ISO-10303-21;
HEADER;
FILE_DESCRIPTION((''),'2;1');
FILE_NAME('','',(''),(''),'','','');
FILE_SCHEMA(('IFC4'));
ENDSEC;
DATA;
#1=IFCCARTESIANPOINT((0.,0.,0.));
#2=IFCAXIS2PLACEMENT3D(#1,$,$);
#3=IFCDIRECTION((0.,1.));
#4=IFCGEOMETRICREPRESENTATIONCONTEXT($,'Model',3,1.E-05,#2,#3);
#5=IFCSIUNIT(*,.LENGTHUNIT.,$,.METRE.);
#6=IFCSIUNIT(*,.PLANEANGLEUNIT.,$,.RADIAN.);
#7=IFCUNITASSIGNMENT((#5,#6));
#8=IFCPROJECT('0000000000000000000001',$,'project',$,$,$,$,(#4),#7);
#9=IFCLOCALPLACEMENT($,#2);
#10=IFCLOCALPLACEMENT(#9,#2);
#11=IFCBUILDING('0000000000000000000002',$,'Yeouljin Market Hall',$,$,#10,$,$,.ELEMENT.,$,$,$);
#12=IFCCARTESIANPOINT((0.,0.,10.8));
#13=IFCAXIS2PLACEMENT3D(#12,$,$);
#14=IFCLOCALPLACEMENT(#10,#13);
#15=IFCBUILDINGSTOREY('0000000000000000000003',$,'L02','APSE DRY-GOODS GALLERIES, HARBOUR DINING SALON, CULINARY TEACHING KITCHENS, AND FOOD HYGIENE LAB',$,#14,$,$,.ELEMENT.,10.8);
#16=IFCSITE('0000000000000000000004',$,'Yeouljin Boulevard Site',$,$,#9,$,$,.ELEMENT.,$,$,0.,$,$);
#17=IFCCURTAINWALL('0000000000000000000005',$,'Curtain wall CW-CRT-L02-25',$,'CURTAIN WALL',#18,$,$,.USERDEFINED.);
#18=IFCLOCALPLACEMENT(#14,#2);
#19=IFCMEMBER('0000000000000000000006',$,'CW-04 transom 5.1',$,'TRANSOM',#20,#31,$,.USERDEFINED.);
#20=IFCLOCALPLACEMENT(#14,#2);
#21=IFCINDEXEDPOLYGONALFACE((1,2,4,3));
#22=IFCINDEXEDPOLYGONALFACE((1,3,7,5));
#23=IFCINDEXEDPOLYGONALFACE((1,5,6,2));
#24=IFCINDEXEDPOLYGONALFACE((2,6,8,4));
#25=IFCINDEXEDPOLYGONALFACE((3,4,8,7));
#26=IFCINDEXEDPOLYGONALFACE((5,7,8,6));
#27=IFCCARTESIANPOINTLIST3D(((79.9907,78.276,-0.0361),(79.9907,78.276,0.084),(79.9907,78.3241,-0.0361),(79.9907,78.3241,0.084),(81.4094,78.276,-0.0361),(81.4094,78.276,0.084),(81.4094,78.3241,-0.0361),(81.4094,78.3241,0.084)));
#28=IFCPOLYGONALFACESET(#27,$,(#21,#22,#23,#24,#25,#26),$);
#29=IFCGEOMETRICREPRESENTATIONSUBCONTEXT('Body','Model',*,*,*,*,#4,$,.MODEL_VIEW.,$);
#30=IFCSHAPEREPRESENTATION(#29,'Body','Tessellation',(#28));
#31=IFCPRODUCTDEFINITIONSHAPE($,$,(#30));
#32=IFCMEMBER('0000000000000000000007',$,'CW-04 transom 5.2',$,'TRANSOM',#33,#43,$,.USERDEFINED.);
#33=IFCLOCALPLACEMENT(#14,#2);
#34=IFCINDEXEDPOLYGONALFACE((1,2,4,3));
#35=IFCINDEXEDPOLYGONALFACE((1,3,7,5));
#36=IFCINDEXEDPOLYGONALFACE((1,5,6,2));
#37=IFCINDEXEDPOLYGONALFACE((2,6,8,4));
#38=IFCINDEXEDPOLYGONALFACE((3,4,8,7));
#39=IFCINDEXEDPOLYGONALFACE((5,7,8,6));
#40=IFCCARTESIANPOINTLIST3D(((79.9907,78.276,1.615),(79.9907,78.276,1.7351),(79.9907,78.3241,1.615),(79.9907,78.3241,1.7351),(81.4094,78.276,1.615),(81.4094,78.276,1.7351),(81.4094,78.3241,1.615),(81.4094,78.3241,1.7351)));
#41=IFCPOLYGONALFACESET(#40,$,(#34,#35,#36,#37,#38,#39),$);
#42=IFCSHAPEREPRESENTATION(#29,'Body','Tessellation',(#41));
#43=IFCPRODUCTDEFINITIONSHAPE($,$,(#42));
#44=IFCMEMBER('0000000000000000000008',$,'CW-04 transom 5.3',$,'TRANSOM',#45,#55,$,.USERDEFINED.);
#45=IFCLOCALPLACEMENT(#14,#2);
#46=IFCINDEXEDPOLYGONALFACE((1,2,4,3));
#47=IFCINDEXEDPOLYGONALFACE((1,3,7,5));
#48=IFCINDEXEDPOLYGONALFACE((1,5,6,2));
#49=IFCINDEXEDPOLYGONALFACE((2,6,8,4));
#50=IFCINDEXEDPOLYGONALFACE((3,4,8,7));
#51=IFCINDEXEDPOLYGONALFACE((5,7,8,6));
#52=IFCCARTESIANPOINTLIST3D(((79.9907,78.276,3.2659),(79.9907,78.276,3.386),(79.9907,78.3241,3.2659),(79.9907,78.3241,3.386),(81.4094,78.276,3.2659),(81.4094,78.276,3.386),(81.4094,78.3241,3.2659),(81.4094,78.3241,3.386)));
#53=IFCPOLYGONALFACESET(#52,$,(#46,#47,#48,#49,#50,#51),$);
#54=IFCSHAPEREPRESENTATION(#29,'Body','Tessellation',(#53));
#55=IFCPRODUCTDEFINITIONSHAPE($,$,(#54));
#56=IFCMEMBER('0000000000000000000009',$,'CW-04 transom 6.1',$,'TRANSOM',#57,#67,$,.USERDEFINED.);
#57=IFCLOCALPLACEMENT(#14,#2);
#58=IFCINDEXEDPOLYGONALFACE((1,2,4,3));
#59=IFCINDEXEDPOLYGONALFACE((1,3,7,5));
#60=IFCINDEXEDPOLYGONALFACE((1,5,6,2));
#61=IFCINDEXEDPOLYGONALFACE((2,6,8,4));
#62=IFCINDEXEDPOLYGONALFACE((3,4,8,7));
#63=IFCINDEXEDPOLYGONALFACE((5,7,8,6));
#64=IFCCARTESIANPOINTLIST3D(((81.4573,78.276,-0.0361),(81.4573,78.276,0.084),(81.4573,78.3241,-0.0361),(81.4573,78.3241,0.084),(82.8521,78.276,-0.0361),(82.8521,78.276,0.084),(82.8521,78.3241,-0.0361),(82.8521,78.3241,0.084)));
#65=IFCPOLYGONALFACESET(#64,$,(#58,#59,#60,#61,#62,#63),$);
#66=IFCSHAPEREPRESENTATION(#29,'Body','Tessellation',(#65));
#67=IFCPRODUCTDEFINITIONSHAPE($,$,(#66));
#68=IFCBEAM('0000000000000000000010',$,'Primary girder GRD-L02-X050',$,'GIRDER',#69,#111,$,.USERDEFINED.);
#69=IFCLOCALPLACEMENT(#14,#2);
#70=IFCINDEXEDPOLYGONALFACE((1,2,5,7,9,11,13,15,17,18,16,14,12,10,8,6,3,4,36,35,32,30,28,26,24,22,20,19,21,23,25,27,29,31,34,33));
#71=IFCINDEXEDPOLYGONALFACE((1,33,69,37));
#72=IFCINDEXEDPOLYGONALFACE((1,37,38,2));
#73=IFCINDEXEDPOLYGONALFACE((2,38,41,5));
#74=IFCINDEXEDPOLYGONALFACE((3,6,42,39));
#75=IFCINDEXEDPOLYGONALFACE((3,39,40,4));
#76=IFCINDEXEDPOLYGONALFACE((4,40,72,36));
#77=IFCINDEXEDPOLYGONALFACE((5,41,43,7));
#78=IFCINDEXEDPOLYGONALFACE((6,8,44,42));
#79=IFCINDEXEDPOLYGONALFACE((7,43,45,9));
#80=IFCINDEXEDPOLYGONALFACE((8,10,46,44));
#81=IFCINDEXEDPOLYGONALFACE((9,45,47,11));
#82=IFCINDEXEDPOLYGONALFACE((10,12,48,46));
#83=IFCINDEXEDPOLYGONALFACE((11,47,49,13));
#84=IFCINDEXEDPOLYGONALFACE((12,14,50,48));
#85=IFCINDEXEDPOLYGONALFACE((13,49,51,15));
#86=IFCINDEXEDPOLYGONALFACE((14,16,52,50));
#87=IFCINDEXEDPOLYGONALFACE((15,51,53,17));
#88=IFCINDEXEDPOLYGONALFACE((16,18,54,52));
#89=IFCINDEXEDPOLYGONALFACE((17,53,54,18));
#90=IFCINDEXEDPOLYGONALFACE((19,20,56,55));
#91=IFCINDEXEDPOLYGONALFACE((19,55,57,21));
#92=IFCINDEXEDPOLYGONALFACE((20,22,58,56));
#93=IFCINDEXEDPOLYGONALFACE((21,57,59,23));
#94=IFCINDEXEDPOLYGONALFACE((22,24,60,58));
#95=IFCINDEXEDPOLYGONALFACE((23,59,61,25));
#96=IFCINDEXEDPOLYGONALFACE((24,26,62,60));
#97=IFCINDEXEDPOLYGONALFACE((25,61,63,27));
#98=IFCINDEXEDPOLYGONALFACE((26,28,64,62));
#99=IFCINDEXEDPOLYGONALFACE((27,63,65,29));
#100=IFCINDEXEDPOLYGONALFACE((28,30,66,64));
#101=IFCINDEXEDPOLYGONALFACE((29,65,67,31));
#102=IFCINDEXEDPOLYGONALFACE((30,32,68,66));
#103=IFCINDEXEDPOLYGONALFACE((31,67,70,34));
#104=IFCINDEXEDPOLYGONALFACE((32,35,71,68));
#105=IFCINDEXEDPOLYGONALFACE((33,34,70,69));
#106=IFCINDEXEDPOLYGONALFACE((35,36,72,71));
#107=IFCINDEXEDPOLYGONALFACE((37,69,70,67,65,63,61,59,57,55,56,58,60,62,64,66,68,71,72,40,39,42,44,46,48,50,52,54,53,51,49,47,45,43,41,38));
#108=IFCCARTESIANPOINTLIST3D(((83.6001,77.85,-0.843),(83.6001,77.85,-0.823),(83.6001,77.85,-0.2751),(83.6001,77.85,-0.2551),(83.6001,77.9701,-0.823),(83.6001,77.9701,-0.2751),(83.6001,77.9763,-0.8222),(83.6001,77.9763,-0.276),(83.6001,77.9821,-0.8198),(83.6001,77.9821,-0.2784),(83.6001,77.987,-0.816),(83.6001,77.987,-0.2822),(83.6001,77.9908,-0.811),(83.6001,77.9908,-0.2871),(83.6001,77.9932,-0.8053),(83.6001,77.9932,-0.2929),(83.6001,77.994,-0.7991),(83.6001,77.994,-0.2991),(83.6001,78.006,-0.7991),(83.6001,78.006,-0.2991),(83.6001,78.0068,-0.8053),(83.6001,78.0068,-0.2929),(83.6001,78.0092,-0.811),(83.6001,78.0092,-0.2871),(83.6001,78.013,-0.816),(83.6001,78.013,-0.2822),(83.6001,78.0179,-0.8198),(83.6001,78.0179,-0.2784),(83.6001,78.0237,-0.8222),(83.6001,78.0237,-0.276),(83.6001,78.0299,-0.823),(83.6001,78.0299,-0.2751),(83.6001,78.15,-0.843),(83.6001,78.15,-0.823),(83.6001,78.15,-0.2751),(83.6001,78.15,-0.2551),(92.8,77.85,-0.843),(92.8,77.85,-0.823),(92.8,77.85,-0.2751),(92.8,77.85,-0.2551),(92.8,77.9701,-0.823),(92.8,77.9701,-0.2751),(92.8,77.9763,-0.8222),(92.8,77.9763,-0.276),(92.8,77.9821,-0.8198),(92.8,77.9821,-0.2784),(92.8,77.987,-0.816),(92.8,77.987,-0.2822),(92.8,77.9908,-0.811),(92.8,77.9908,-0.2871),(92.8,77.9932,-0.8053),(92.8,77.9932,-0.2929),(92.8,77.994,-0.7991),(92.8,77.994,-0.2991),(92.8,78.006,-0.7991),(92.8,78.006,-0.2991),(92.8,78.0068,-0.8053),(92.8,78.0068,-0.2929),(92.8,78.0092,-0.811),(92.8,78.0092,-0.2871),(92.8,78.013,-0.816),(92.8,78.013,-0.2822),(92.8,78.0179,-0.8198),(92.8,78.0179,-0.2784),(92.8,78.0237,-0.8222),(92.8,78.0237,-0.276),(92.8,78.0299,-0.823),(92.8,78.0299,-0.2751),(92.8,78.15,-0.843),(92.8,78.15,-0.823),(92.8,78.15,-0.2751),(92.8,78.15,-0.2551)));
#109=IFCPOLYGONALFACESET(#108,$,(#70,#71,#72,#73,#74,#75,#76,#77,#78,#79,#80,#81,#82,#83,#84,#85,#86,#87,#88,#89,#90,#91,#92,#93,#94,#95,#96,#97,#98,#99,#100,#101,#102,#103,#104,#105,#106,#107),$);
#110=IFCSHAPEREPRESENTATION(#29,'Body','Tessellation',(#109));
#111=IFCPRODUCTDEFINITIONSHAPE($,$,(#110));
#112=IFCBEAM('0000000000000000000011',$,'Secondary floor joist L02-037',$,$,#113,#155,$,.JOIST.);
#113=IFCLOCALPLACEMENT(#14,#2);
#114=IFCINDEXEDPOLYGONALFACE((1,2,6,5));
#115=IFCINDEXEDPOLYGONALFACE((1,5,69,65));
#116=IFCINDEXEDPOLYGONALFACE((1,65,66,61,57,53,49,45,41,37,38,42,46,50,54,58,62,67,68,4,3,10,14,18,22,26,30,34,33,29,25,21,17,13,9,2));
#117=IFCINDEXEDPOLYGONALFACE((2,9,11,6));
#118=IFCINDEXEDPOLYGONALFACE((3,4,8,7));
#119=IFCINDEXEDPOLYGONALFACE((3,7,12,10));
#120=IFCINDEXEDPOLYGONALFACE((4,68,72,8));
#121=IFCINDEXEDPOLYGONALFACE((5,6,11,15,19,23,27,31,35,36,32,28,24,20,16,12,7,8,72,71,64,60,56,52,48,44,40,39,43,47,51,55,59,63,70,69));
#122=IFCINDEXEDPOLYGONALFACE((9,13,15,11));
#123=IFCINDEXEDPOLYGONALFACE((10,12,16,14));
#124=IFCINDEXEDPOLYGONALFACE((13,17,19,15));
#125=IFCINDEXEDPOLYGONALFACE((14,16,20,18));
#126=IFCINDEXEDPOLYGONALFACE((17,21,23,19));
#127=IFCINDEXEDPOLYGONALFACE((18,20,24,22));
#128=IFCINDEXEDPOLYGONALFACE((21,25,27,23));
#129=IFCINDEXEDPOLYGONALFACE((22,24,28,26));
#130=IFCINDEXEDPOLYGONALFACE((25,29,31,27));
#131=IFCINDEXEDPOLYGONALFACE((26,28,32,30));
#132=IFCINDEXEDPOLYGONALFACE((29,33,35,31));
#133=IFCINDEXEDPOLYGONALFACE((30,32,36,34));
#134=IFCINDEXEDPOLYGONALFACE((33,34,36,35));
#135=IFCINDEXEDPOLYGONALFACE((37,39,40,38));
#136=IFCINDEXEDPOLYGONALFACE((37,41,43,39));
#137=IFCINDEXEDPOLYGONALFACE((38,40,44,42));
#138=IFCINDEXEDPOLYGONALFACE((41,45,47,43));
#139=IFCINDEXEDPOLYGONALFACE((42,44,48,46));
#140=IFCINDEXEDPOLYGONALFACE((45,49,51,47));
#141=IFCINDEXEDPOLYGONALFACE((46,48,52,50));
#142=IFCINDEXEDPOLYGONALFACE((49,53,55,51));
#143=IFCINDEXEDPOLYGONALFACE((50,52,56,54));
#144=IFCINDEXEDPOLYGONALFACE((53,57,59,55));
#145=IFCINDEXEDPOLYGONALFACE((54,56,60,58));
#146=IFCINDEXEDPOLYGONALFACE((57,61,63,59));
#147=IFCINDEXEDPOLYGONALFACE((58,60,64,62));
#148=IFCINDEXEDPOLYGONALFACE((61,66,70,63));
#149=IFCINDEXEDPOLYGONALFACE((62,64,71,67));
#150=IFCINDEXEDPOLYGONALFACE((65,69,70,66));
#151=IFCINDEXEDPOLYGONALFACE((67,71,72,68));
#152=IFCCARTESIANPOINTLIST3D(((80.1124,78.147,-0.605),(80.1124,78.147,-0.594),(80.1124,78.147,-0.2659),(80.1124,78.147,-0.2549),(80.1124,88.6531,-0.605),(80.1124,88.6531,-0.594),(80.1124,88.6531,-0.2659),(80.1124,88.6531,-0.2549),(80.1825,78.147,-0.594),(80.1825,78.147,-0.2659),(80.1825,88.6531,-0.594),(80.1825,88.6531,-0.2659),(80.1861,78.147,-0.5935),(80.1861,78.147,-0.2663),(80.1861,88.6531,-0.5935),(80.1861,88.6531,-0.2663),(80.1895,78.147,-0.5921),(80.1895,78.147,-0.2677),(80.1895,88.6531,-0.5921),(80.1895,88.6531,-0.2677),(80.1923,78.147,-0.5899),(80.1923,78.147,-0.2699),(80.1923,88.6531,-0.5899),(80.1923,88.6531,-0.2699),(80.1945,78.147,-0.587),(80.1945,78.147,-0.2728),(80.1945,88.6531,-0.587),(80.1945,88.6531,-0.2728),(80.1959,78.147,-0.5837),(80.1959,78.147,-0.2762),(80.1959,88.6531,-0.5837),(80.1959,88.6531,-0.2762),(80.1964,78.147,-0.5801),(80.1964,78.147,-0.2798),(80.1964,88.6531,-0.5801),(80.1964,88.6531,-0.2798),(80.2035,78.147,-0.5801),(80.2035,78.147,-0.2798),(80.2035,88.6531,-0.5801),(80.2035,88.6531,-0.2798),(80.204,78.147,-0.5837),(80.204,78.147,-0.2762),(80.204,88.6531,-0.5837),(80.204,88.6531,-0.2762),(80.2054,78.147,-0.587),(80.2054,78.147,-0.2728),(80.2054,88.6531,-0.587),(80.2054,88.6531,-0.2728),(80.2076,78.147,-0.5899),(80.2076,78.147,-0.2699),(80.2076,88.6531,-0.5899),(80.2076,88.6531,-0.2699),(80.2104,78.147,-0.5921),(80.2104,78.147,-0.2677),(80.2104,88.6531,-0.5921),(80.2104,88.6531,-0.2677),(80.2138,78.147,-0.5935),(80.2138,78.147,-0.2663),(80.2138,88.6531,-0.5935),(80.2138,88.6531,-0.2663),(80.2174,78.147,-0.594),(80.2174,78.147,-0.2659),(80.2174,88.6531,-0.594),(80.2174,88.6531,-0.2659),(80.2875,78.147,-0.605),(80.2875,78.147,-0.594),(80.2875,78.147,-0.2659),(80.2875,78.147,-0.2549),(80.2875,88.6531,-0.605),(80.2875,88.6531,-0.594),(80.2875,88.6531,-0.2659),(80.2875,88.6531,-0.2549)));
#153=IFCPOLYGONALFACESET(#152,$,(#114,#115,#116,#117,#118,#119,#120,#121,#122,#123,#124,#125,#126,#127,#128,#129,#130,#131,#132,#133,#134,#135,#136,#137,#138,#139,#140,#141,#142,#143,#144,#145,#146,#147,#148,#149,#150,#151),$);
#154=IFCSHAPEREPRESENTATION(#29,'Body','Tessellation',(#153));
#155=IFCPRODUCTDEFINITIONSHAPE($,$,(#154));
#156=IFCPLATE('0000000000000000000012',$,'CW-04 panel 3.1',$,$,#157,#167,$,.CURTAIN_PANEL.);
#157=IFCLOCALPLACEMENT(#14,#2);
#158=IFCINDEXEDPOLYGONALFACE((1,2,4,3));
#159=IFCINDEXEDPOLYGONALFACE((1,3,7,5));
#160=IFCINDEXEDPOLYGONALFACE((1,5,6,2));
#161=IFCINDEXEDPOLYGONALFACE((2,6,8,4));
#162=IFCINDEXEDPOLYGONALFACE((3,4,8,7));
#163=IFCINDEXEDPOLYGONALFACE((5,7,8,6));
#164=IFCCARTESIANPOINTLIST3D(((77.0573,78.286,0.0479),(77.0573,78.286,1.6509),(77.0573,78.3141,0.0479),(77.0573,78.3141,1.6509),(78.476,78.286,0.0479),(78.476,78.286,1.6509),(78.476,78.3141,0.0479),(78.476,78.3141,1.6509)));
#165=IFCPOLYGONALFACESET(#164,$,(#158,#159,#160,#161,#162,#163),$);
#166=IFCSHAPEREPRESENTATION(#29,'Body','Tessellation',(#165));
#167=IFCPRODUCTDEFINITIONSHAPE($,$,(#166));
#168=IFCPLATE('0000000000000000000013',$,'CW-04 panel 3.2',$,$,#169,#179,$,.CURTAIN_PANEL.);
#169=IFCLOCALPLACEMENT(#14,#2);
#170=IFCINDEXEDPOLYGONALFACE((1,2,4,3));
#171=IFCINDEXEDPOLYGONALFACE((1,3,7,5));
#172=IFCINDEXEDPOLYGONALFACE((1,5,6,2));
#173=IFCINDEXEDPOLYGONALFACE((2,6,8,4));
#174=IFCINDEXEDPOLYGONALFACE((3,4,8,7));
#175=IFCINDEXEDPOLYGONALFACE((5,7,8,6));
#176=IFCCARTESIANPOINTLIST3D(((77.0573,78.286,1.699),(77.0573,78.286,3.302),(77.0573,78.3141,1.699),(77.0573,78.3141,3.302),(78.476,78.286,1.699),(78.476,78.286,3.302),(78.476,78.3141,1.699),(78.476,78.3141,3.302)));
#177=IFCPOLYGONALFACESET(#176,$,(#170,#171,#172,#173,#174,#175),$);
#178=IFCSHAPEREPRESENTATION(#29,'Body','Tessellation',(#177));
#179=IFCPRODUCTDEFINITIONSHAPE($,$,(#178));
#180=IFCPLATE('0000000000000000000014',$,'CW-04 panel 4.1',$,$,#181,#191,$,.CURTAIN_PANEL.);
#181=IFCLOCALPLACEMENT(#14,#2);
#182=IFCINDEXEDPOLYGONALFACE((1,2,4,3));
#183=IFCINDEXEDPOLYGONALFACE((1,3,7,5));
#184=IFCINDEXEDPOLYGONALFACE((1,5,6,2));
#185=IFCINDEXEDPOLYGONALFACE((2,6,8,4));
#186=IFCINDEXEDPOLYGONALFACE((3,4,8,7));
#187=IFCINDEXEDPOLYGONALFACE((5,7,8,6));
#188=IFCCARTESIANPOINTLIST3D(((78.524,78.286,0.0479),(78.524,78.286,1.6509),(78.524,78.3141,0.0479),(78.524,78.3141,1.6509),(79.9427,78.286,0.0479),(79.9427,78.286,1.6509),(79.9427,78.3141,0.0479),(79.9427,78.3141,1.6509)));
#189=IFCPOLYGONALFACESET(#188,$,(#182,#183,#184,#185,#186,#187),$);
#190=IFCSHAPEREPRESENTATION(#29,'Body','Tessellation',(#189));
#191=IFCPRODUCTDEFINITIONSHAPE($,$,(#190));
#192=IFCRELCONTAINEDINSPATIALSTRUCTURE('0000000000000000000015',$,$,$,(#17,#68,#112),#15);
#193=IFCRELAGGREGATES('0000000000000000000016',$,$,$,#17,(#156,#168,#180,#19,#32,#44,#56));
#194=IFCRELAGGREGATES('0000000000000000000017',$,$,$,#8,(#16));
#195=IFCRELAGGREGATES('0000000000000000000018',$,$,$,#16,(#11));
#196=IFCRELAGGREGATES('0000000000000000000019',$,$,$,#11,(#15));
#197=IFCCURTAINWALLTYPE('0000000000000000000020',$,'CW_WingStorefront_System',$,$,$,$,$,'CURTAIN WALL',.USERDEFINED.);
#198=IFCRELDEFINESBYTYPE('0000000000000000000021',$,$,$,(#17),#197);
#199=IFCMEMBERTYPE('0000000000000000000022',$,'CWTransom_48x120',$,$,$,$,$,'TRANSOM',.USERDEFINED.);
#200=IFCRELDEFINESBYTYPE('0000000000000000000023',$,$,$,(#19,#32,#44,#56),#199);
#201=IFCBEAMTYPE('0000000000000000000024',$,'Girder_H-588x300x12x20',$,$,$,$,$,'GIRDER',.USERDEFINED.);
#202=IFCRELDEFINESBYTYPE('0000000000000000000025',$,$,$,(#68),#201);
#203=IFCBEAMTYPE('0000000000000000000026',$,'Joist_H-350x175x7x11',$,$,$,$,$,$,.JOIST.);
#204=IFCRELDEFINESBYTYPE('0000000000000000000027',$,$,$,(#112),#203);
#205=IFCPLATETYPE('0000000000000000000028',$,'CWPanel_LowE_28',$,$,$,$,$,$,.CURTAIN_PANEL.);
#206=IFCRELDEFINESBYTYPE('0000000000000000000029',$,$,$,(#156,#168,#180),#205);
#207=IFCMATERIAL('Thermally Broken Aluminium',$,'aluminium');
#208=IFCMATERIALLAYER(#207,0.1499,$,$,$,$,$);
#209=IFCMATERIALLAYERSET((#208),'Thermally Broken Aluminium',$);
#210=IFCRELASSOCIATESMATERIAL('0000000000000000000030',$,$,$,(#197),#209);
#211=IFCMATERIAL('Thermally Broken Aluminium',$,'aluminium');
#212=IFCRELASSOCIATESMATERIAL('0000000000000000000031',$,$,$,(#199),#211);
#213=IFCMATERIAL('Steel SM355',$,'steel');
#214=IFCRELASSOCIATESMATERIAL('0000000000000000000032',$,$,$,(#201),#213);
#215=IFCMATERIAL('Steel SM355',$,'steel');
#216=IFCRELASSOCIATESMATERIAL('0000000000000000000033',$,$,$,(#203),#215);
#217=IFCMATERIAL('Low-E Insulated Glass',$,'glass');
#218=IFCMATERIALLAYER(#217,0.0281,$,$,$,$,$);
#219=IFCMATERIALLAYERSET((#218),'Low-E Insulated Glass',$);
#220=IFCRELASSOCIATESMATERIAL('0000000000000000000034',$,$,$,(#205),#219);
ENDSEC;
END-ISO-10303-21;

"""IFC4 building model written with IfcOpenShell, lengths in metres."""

from ifc_helpers import new_model, si_unit, direction, frame, origin, origin_2d, place, context, subcontext, project, spatial, rectangle, i_section, extrude, material, layer, layer_set, material_profile, profile_set, type_object, element, aggregate, save


model = new_model("IFC4")

# Units and contexts
model_context = context("Model", 3, precision=1e-05, world=origin(), true_north=direction((0.0, 1.0)))
body_context = subcontext(model_context, "Body", "Model", "MODEL_VIEW")
ifc_project = project(units=[si_unit("LENGTHUNIT", "METRE"), si_unit("PLANEANGLEUNIT", "RADIAN")], contexts=[model_context])

# Site, building, storey
site_placement = place(None, origin())
site = spatial("IfcSite", under=ifc_project, at=site_placement, Name="Yeouljin Boulevard Site", CompositionType="ELEMENT", RefElevation=0.0)
building_placement = place(site_placement, origin())
building = spatial("IfcBuilding", under=site, at=building_placement, Name="Yeouljin Market Hall", CompositionType="ELEMENT")
storey_placement = place(building_placement, frame((0.0, 0.0, 10.8)))
storey = spatial("IfcBuildingStorey", under=building, at=storey_placement, Name="L02", Description="APSE DRY-GOODS GALLERIES, HARBOUR DINING SALON, CULINARY TEACHING KITCHENS, AND FOOD HYGIENE LAB", CompositionType="ELEMENT", Elevation=10.8)

# Curtain wall, members
ifc_material_1 = material(Name="Thermally Broken Aluminium", Category="aluminium")
ifc_layer_1 = layer(ifc_material_1, 0.1499)
ifc_layer_set_1 = layer_set([ifc_layer_1], Name="Thermally Broken Aluminium")
curtain_wall_type = type_object("IfcCurtainWallType", Name="CW_WingStorefront_System", ElementType="CURTAIN WALL", PredefinedType="USERDEFINED", material=ifc_layer_set_1)
curtain_wall_placement = place(storey_placement, origin())
curtain_wall = element("IfcCurtainWall", 1, at=curtain_wall_placement, inside=storey, type_object=curtain_wall_type, Name="Curtain wall CW-CRT-L02-25", ObjectType="CURTAIN WALL", PredefinedType="USERDEFINED")
ifc_material_2 = material(Name="Thermally Broken Aluminium", Category="aluminium")
ifc_material_profile_1 = material_profile(ifc_material_2, rectangle(XDim=0.0481, YDim=0.1201, at=origin_2d()), Name="CW-TRAN-48x120")
ifc_profile_set_1 = profile_set([ifc_material_profile_1], Name="Thermally Broken Aluminium")
member_type_1 = type_object("IfcMemberType", Name="CWTransom_48x120", ElementType="TRANSOM", PredefinedType="USERDEFINED", material=ifc_profile_set_1)
member_1_placement = place(storey_placement, frame((79.9907, 78.3, 0.0239), z_axis=(1.0, 0.0, 0.0), x_axis=(0.0, 1.0, 0.0)))
member_1 = element("IfcMember", 2, at=member_1_placement, type_object=member_type_1, Name="CW-04 transom 5.1", ObjectType="TRANSOM", PredefinedType="USERDEFINED", context=body_context, shape_type="SweptSolid", body=[
    extrude(rectangle(XDim=0.0481, YDim=0.1201, at=origin_2d()), origin(), (0.0, 0.0, 1.0), 1.4187),
])
member_2_placement = place(storey_placement, frame((79.9907, 78.3, 1.675), z_axis=(1.0, 0.0, 0.0), x_axis=(0.0, 1.0, 0.0)))
member_2 = element("IfcMember", 3, at=member_2_placement, type_object=member_type_1, Name="CW-04 transom 5.2", ObjectType="TRANSOM", PredefinedType="USERDEFINED", context=body_context, shape_type="SweptSolid", body=[
    extrude(rectangle(XDim=0.0481, YDim=0.1201, at=origin_2d()), origin(), (0.0, 0.0, 1.0), 1.4187),
])
member_3_placement = place(storey_placement, frame((79.9907, 78.3, 3.3259), z_axis=(1.0, 0.0, 0.0), x_axis=(0.0, 1.0, 0.0)))
member_3 = element("IfcMember", 4, at=member_3_placement, type_object=member_type_1, Name="CW-04 transom 5.3", ObjectType="TRANSOM", PredefinedType="USERDEFINED", context=body_context, shape_type="SweptSolid", body=[
    extrude(rectangle(XDim=0.0481, YDim=0.1201, at=origin_2d()), origin(), (0.0, 0.0, 1.0), 1.4187),
])
member_4_placement = place(storey_placement, frame((81.4573, 78.3, 0.0239), z_axis=(1.0, 0.0, 0.0), x_axis=(0.0, 1.0, 0.0)))
member_4 = element("IfcMember", 5, at=member_4_placement, type_object=member_type_1, Name="CW-04 transom 6.1", ObjectType="TRANSOM", PredefinedType="USERDEFINED", context=body_context, shape_type="SweptSolid", body=[
    extrude(rectangle(XDim=0.0481, YDim=0.1201, at=origin_2d()), origin(), (0.0, 0.0, 1.0), 1.3948),
])

# Beams
ifc_material_3 = material(Name="Steel SM355", Category="steel")
ifc_material_profile_2 = material_profile(ifc_material_3, i_section(OverallWidth=0.3, OverallDepth=0.5879, WebThickness=0.012, FlangeThickness=0.02, FilletRadius=0.0239, at=origin_2d()), Name="H-588x300x12x20")
ifc_profile_set_2 = profile_set([ifc_material_profile_2], Name="Steel SM355")
beam_type_1 = type_object("IfcBeamType", Name="Girder_H-588x300x12x20", ElementType="GIRDER", PredefinedType="USERDEFINED", material=ifc_profile_set_2)
beam_1_placement = place(storey_placement, frame((83.6001, 78.0, -0.5491), z_axis=(1.0, 0.0, 0.0), x_axis=(0.0, 1.0, 0.0)))
element("IfcBeam", 6, at=beam_1_placement, inside=storey, type_object=beam_type_1, Name="Primary girder GRD-L02-X050", ObjectType="GIRDER", PredefinedType="USERDEFINED", context=body_context, shape_type="SweptSolid", body=[
    extrude(i_section(OverallWidth=0.3, OverallDepth=0.5879, WebThickness=0.012, FlangeThickness=0.02, FilletRadius=0.0239, at=origin_2d()), origin(), (0.0, 0.0, 1.0), 9.2),
])
ifc_material_4 = material(Name="Steel SM355", Category="steel")
ifc_material_profile_3 = material_profile(ifc_material_4, i_section(OverallWidth=0.175, OverallDepth=0.3501, WebThickness=0.0071, FlangeThickness=0.011, FilletRadius=0.0139, at=origin_2d()), Name="H-350x175x7x11")
ifc_profile_set_3 = profile_set([ifc_material_profile_3], Name="Steel SM355")
beam_type_2 = type_object("IfcBeamType", Name="Joist_H-350x175x7x11", PredefinedType="JOIST", material=ifc_profile_set_3)
beam_2_placement = place(storey_placement, frame((80.2, 78.147, -0.4299), z_axis=(0.0, 1.0, 0.0), x_axis=(-1.0, 0.0, 0.0)))
element("IfcBeam", 7, at=beam_2_placement, inside=storey, type_object=beam_type_2, Name="Secondary floor joist L02-037", PredefinedType="JOIST", context=body_context, shape_type="SweptSolid", body=[
    extrude(i_section(OverallWidth=0.175, OverallDepth=0.3501, WebThickness=0.0071, FlangeThickness=0.011, FilletRadius=0.0139, at=origin_2d()), origin(), (0.0, 0.0, 1.0), 10.5061),
])

# Plates
ifc_material_5 = material(Name="Low-E Insulated Glass", Category="glass")
ifc_layer_2 = layer(ifc_material_5, 0.0281)
ifc_layer_set_2 = layer_set([ifc_layer_2], Name="Low-E Insulated Glass")
plate_type = type_object("IfcPlateType", Name="CWPanel_LowE_28", PredefinedType="CURTAIN_PANEL", material=ifc_layer_set_2)
plate_1_placement = place(storey_placement, frame((77.7666, 78.3, 0.0479), z_axis=(0.0, 0.0, 1.0), x_axis=(1.0, 0.0, 0.0)))
plate_1 = element("IfcPlate", 8, at=plate_1_placement, type_object=plate_type, Name="CW-04 panel 3.1", PredefinedType="CURTAIN_PANEL", context=body_context, shape_type="SweptSolid", body=[
    extrude(rectangle(XDim=1.4187, YDim=0.0281, at=origin_2d()), origin(), (0.0, 0.0, 1.0), 1.603),
])
plate_2_placement = place(storey_placement, frame((77.7666, 78.3, 1.699), z_axis=(0.0, 0.0, 1.0), x_axis=(1.0, 0.0, 0.0)))
plate_2 = element("IfcPlate", 9, at=plate_2_placement, type_object=plate_type, Name="CW-04 panel 3.2", PredefinedType="CURTAIN_PANEL", context=body_context, shape_type="SweptSolid", body=[
    extrude(rectangle(XDim=1.4187, YDim=0.0281, at=origin_2d()), origin(), (0.0, 0.0, 1.0), 1.603),
])
plate_3_placement = place(storey_placement, frame((79.2334, 78.3, 0.0479), z_axis=(0.0, 0.0, 1.0), x_axis=(1.0, 0.0, 0.0)))
plate_3 = element("IfcPlate", 10, at=plate_3_placement, type_object=plate_type, Name="CW-04 panel 4.1", PredefinedType="CURTAIN_PANEL", context=body_context, shape_type="SweptSolid", body=[
    extrude(rectangle(XDim=1.4187, YDim=0.0281, at=origin_2d()), origin(), (0.0, 0.0, 1.0), 1.603),
])
aggregate(curtain_wall, [plate_1, plate_2, plate_3, member_1, member_2, member_3, member_4])

save(model, "model.ifc")
